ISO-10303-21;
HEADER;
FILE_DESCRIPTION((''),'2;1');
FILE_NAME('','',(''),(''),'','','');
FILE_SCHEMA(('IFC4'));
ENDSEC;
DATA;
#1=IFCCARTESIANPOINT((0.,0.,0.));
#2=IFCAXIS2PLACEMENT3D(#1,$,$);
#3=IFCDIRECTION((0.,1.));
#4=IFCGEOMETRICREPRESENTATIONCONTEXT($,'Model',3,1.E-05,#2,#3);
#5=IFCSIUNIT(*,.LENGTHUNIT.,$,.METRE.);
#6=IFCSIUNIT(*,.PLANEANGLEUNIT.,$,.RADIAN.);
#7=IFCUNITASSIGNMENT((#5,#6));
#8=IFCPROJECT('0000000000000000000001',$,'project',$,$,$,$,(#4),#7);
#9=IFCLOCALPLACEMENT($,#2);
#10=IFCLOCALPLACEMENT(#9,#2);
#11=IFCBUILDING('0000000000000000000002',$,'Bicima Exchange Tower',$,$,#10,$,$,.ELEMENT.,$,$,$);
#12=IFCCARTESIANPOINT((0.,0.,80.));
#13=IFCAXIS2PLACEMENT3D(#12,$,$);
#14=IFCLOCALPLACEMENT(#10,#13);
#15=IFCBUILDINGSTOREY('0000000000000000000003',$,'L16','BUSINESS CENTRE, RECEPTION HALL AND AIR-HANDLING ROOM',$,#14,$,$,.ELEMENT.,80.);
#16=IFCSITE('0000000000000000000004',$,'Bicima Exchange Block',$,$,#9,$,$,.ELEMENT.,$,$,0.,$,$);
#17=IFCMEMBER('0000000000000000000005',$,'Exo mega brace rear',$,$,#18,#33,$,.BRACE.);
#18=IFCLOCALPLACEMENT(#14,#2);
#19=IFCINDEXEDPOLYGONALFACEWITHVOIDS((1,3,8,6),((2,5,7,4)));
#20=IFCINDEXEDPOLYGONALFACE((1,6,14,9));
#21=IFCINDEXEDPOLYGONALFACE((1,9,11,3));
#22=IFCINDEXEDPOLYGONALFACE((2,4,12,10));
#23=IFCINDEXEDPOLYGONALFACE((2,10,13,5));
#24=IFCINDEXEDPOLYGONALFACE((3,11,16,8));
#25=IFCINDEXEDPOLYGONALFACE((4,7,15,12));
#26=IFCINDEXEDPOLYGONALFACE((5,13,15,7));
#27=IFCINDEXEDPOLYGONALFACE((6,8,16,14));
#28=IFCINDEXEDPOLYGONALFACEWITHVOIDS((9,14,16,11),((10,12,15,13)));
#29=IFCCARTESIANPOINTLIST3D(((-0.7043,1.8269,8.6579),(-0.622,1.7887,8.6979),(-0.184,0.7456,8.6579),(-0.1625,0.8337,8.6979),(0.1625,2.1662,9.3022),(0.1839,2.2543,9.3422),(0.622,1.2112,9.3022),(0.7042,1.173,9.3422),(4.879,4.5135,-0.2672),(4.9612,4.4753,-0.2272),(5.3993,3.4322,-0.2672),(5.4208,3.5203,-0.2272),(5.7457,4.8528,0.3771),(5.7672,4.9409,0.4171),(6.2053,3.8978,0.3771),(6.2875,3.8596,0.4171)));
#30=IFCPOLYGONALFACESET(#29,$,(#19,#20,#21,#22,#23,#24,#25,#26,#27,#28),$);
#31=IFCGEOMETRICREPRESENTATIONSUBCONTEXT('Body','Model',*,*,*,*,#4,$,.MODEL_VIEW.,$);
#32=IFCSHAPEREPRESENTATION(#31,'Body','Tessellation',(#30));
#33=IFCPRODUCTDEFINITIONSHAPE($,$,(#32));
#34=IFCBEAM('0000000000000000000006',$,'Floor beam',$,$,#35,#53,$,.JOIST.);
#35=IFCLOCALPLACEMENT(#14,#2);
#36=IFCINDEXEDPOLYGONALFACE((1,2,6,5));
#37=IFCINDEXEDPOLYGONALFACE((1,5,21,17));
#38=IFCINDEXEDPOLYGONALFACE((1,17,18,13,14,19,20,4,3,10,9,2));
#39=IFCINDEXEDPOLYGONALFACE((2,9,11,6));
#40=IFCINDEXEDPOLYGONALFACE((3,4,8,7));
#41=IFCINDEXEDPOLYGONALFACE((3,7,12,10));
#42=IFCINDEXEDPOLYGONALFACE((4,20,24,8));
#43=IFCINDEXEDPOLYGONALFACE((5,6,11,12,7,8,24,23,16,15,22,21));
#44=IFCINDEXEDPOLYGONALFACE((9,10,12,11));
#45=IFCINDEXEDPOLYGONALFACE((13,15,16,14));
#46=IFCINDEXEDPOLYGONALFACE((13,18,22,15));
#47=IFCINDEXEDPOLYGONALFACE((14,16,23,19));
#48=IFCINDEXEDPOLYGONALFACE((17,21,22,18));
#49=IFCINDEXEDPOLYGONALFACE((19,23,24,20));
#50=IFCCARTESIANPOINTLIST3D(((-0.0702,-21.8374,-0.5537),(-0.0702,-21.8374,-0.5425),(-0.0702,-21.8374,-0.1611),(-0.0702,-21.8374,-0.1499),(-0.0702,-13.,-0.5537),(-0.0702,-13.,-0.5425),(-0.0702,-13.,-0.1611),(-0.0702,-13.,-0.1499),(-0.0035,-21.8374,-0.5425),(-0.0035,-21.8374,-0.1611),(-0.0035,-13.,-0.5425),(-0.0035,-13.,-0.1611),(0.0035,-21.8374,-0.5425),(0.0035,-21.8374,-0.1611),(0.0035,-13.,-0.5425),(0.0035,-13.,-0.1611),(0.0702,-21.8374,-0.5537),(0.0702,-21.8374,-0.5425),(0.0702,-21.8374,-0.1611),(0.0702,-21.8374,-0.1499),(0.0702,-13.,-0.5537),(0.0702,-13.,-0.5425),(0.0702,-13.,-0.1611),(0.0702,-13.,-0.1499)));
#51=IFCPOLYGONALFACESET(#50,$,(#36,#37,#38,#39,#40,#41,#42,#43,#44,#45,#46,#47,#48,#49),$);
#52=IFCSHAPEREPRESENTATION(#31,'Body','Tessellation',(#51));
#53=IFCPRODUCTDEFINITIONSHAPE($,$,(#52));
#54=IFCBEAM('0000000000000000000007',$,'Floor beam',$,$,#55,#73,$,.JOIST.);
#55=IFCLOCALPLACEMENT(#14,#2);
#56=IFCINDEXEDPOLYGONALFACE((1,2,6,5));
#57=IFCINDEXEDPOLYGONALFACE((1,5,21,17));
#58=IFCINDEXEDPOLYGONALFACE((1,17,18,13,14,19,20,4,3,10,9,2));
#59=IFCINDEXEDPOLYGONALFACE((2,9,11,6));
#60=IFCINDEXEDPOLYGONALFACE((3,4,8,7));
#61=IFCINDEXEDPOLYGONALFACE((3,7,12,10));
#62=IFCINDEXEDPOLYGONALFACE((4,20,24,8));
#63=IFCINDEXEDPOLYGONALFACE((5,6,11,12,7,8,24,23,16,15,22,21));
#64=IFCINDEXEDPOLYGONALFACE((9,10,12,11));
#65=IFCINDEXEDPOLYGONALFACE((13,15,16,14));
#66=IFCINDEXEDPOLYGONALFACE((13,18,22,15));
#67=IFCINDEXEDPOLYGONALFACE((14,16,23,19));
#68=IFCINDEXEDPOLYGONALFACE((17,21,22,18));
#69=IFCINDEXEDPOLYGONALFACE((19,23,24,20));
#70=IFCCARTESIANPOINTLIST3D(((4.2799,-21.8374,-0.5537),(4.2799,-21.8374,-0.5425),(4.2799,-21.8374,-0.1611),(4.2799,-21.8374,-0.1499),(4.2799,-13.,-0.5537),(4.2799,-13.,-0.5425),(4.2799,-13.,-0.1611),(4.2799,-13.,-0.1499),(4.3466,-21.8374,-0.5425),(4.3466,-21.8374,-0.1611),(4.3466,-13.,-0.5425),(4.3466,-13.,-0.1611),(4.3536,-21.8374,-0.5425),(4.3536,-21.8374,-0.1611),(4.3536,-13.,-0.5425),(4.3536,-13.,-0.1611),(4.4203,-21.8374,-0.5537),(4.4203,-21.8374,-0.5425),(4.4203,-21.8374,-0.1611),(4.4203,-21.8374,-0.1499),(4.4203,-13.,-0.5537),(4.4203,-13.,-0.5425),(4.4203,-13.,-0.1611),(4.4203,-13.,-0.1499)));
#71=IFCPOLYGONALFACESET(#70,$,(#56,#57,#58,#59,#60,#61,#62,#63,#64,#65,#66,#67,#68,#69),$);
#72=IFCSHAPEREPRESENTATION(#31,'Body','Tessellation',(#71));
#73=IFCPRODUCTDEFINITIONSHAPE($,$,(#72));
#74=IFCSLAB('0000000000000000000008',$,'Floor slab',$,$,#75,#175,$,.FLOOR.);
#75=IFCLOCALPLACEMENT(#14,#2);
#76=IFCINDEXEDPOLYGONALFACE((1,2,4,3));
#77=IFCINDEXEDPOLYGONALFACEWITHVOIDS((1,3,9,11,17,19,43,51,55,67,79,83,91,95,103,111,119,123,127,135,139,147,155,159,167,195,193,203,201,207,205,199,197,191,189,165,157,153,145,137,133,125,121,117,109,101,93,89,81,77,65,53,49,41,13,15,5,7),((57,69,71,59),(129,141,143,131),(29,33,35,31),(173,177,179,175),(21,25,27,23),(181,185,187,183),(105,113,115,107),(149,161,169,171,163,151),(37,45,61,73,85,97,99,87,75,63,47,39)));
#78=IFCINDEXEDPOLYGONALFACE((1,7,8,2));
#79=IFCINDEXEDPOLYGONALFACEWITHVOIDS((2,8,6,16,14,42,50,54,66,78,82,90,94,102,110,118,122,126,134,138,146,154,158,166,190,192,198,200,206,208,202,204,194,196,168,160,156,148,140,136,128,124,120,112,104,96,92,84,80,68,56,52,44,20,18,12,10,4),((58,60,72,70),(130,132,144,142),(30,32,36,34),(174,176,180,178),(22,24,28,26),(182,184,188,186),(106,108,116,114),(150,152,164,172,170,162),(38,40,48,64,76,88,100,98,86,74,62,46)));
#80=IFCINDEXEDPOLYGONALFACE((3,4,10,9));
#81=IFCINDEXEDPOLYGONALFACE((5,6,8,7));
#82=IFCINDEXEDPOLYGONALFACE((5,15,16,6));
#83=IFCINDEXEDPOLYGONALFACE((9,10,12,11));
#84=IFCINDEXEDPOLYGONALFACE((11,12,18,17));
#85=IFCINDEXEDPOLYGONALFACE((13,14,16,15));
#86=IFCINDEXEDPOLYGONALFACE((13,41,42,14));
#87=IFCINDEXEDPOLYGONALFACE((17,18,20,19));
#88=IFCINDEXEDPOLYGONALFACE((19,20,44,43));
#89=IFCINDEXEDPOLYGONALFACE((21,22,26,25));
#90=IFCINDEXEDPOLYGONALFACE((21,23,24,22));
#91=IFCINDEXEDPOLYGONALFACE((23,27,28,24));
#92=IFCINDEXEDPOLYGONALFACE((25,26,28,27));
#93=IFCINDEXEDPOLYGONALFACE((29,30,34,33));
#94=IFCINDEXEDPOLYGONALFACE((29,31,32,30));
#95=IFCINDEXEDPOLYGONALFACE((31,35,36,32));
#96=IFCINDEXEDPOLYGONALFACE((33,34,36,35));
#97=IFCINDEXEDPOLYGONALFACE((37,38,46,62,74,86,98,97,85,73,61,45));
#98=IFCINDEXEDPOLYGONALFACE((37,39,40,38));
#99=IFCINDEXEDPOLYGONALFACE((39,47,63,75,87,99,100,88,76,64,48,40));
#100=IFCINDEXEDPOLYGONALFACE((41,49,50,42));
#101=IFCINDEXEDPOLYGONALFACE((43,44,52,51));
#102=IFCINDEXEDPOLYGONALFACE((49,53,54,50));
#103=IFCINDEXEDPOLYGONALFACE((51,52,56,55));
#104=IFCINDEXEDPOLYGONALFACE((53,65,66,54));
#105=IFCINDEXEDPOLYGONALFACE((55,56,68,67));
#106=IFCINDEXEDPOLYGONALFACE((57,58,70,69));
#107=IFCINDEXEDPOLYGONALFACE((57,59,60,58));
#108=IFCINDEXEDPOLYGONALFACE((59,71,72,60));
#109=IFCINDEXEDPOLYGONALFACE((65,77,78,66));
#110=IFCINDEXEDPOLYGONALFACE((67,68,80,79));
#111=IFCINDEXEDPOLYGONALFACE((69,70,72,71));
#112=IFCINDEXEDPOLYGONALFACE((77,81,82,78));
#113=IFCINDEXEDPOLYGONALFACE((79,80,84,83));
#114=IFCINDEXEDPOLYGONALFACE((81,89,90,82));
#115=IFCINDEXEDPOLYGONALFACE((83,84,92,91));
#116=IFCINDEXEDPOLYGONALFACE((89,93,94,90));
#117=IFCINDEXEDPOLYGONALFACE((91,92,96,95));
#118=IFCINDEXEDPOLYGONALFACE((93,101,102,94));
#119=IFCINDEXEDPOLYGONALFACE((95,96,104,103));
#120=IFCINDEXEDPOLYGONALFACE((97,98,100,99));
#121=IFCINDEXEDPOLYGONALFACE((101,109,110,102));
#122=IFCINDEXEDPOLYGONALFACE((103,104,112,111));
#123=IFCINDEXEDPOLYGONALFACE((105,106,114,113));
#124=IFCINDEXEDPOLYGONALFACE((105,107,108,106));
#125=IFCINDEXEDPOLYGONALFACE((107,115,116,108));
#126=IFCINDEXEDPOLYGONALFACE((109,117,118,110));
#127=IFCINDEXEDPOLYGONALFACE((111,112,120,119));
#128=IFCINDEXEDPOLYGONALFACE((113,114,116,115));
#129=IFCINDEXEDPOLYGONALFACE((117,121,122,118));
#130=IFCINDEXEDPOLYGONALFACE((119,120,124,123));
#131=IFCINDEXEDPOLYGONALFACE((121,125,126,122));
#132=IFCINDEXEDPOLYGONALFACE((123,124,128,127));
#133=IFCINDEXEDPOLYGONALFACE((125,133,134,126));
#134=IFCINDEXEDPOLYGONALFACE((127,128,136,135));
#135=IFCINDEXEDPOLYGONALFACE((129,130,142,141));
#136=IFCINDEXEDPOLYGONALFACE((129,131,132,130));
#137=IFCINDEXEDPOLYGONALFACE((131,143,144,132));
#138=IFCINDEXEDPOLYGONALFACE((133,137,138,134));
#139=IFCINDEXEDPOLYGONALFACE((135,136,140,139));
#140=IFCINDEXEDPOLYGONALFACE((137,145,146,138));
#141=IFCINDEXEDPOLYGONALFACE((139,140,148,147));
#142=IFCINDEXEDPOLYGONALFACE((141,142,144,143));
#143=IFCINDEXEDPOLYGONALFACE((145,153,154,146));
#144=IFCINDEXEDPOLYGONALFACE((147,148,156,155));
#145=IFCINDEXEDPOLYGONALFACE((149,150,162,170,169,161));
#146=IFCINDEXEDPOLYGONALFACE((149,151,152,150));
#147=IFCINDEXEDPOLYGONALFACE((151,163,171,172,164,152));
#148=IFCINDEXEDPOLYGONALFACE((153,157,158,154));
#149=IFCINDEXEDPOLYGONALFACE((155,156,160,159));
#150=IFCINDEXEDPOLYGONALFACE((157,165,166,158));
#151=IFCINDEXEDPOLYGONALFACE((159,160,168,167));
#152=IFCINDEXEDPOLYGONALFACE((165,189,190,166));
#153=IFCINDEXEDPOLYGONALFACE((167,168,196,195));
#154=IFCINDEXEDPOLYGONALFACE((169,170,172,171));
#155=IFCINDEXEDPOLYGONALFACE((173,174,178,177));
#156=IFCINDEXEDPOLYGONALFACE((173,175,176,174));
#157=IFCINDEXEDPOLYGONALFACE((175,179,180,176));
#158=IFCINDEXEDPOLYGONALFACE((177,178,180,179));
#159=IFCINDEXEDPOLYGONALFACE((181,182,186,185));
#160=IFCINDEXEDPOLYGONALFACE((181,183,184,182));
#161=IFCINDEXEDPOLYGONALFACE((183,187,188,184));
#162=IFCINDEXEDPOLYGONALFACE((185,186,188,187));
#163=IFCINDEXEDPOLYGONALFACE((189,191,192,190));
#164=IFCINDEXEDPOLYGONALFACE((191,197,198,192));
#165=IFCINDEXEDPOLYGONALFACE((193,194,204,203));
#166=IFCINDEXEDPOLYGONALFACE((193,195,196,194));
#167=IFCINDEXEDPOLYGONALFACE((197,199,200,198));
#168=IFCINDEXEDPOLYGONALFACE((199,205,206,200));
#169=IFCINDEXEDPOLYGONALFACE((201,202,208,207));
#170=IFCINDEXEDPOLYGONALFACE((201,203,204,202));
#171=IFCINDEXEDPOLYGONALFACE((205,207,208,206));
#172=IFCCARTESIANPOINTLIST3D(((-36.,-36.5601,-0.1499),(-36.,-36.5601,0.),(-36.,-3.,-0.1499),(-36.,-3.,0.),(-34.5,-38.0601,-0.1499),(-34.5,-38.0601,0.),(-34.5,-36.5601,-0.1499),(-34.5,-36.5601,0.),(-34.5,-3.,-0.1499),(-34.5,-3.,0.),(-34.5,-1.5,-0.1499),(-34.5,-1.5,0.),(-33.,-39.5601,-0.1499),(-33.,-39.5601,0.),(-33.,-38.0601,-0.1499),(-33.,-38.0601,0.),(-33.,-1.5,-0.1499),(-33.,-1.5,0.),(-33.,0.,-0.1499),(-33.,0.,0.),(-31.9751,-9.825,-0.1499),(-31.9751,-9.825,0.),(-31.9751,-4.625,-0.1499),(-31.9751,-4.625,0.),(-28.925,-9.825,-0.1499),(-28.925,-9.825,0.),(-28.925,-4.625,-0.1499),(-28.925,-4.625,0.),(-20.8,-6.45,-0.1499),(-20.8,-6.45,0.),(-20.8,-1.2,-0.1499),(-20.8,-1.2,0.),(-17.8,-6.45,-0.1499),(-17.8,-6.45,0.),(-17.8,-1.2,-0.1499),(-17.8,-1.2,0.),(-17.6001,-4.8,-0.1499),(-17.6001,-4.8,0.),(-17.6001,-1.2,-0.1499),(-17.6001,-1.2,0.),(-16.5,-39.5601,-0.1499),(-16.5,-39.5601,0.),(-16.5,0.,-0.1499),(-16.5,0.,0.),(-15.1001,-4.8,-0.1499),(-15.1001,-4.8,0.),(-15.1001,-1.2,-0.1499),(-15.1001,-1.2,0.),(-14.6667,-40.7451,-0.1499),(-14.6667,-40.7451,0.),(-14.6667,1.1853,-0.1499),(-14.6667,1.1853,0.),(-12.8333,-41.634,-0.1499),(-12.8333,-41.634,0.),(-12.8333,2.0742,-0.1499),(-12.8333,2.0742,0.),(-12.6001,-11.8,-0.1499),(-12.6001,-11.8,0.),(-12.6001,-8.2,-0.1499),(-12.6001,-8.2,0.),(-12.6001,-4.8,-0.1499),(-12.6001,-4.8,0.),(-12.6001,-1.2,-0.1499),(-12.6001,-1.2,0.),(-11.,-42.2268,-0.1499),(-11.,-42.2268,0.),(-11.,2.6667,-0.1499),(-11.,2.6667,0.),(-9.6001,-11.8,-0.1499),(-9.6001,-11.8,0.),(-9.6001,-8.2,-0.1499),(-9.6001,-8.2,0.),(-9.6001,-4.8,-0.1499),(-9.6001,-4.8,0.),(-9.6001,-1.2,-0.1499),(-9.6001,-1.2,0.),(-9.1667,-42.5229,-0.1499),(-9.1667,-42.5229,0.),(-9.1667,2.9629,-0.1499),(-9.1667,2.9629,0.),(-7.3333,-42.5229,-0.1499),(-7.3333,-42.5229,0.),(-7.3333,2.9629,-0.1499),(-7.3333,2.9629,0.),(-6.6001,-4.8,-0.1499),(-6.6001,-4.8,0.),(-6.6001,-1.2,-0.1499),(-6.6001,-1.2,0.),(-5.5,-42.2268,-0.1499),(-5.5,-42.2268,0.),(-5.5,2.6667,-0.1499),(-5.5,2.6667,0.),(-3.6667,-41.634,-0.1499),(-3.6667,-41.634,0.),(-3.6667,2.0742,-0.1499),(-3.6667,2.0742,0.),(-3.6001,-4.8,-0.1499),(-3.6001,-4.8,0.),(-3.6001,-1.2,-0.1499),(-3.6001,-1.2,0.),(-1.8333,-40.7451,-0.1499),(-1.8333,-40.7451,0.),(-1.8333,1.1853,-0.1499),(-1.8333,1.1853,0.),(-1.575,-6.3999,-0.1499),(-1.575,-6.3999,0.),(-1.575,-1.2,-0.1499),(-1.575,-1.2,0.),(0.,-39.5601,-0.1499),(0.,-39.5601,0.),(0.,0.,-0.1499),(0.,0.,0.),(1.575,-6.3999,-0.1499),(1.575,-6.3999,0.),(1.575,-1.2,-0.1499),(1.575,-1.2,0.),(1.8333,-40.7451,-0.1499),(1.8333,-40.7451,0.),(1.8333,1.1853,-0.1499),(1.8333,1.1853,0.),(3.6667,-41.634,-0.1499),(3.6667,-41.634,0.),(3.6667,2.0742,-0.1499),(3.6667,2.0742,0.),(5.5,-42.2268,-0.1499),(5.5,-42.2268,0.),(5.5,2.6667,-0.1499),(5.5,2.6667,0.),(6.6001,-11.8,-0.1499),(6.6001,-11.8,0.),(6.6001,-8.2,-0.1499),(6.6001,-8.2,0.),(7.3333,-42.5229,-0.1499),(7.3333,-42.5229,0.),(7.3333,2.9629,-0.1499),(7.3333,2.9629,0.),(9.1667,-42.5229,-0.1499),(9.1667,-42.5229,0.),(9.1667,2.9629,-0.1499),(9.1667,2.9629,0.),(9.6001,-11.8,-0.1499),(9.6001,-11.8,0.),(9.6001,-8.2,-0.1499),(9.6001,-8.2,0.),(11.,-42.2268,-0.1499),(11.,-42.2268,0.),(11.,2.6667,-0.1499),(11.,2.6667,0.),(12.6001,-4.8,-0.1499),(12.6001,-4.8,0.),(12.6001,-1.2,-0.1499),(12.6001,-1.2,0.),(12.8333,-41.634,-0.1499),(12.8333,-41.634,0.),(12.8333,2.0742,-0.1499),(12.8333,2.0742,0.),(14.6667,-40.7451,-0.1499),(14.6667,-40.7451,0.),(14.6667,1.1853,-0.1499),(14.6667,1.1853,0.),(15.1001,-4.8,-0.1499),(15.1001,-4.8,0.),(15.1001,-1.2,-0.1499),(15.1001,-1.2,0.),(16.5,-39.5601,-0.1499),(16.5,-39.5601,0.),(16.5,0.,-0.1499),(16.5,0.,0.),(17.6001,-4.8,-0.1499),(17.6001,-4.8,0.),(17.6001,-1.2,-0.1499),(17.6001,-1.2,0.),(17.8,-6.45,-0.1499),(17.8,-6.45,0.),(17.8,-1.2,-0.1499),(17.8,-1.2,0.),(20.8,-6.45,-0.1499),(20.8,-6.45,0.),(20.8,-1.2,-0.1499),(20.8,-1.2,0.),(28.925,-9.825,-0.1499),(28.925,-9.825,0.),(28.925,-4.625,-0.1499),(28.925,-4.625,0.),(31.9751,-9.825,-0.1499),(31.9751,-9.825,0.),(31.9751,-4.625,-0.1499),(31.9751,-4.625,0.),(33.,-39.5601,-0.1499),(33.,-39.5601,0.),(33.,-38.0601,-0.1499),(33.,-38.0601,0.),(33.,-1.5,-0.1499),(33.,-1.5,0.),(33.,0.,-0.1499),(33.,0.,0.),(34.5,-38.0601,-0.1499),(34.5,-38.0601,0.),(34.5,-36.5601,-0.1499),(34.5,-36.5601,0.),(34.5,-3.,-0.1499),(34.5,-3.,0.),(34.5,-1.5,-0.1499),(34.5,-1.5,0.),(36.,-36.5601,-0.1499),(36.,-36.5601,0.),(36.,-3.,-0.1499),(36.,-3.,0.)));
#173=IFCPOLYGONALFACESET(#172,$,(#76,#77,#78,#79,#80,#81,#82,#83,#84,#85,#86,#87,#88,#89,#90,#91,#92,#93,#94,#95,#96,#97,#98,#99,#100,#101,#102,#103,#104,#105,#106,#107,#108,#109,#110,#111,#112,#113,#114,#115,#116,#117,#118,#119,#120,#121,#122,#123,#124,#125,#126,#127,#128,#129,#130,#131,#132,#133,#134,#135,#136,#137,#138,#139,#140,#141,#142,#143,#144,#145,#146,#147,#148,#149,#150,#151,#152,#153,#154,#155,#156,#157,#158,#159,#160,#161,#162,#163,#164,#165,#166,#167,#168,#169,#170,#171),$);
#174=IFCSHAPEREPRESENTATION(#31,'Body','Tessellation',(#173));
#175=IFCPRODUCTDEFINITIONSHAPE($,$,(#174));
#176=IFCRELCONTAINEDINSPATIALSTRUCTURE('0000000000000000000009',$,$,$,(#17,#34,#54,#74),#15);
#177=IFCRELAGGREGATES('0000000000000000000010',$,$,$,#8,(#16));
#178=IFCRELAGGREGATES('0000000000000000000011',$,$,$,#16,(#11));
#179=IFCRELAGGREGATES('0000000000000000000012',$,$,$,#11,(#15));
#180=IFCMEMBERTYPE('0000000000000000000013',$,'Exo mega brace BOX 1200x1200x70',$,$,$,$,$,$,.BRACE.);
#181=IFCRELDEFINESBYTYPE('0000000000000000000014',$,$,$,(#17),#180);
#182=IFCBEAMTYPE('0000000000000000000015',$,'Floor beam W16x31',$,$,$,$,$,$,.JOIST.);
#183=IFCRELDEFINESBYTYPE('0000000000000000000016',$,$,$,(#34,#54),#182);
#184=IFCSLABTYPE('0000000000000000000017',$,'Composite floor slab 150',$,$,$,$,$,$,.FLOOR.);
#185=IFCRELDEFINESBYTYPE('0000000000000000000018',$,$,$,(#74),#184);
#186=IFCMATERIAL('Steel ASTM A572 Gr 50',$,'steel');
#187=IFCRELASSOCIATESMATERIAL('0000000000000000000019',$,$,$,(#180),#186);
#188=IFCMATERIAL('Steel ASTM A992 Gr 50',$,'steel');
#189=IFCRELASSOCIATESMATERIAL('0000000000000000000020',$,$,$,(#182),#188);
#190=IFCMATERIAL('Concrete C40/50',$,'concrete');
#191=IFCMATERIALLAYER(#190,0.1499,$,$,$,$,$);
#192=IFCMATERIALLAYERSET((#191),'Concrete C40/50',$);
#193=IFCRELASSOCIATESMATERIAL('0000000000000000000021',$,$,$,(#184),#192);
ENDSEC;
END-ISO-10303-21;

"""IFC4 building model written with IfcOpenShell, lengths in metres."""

from ifc_helpers import new_model, si_unit, direction, frame, origin, origin_2d, place, context, subcontext, project, spatial, polyline, hollow_rectangle, i_section, outline, extrude, material, layer, layer_set, material_profile, profile_set, type_object, element, save


model = new_model("IFC4")

# Units and contexts
model_context = context("Model", 3, precision=1e-05, world=origin(), true_north=direction((0.0, 1.0)))
body_context = subcontext(model_context, "Body", "Model", "MODEL_VIEW")
ifc_project = project(units=[si_unit("LENGTHUNIT", "METRE"), si_unit("PLANEANGLEUNIT", "RADIAN")], contexts=[model_context])

# Site, building, storey
site_placement = place(None, origin())
site = spatial("IfcSite", under=ifc_project, at=site_placement, Name="Bicima Exchange Block", CompositionType="ELEMENT", RefElevation=0.0)
building_placement = place(site_placement, origin())
building = spatial("IfcBuilding", under=site, at=building_placement, Name="Bicima Exchange Tower", CompositionType="ELEMENT")
storey_placement = place(building_placement, frame((0.0, 0.0, 80.0)))
storey = spatial("IfcBuildingStorey", under=building, at=storey_placement, Name="L16", Description="BUSINESS CENTRE, RECEPTION HALL AND AIR-HANDLING ROOM", CompositionType="ELEMENT", Elevation=80.0)

# Member
ifc_material_1 = material(Name="Steel ASTM A572 Gr 50", Category="steel")
ifc_material_profile_1 = material_profile(ifc_material_1, hollow_rectangle(XDim=1.2, YDim=1.2, WallThickness=0.0701, at=origin_2d()))
ifc_profile_set_1 = profile_set([ifc_material_profile_1], Name="Steel ASTM A572 Gr 50")
member_type = type_object("IfcMemberType", Name="Exo mega brace BOX 1200x1200x70", PredefinedType="BRACE", material=ifc_profile_set_1)
member_placement = place(storey_placement, frame((5.5833, 4.1865, 0.075), z_axis=(-0.513879, -0.247266, 0.821455), x_axis=(0.433592, -0.901109, 0.0)))
element("IfcMember", 1, at=member_placement, inside=storey, type_object=member_type, Name="Exo mega brace rear", PredefinedType="BRACE", context=body_context, shape_type="SweptSolid", body=[
    extrude(hollow_rectangle(XDim=1.2, YDim=1.2, WallThickness=0.0701, at=origin_2d()), origin(), (0.0, 0.0, 1.0), 10.865),
])

# Beams
ifc_material_2 = material(Name="Steel ASTM A992 Gr 50", Category="steel")
ifc_material_profile_2 = material_profile(ifc_material_2, i_section(OverallWidth=0.1404, OverallDepth=0.4038, WebThickness=0.0071, FlangeThickness=0.0112, at=origin_2d()))
ifc_profile_set_2 = profile_set([ifc_material_profile_2], Name="Steel ASTM A992 Gr 50")
beam_type = type_object("IfcBeamType", Name="Floor beam W16x31", PredefinedType="JOIST", material=ifc_profile_set_2)
for number, where, z_axis, x_axis, name in (
    (2, (0.0, -13.0, -0.3518), (0.0, -1.0, 0.0), (1.0, 0.0, 0.0), "Floor beam"),
    (3, (4.3501, -13.0, -0.3518), (0.0, -1.0, 0.0), (1.0, 0.0, 0.0), "Floor beam"),
):
    element("IfcBeam", number, at=place(storey_placement, frame(where, z_axis=z_axis, x_axis=x_axis)), inside=storey, type_object=beam_type, Name=name, PredefinedType="JOIST", context=body_context, shape_type="SweptSolid", body=[
        extrude(i_section(OverallWidth=0.1404, OverallDepth=0.4038, WebThickness=0.0071, FlangeThickness=0.0112, at=origin_2d()), origin(), (0.0, 0.0, 1.0), 8.8374),
    ])

# Slab
ifc_material_3 = material(Name="Concrete C40/50", Category="concrete")
ifc_layer_1 = layer(ifc_material_3, 0.1499)
ifc_layer_set_1 = layer_set([ifc_layer_1], Name="Concrete C40/50")
slab_type_1 = type_object("IfcSlabType", Name="Composite floor slab 150", PredefinedType="FLOOR", material=ifc_layer_set_1)
slab_1_placement = place(storey_placement, frame((0.0, 0.0, -0.1499)))
element("IfcSlab", 4, at=slab_1_placement, inside=storey, type_object=slab_type_1, Name="Floor slab", PredefinedType="FLOOR", context=body_context, shape_type="SweptSolid", body=[
    extrude(outline(polyline([(-36.0, -36.5601), (-36.0, -3.0), (-34.5, -3.0), (-34.5, -1.5), (-33.0, -1.5), (-33.0, 0.0), (-16.5, 0.0), (-14.6667, 1.1853), (-12.8333, 2.0742), (-11.0, 2.6667), (-9.1667, 2.9629), (-7.3333, 2.9629), (-5.5, 2.6667), (-3.6667, 2.0742), (-1.8333, 1.1853), (0.0, 0.0), (1.8333, 1.1853), (3.6667, 2.0742), (5.5, 2.6667), (7.3333, 2.9629), (9.1667, 2.9629), (11.0, 2.6667), (12.8333, 2.0742), (14.6667, 1.1853), (16.5, 0.0), (33.0, 0.0), (33.0, -1.5), (34.5, -1.5), (34.5, -3.0), (36.0, -3.0), (36.0, -36.5601), (34.5, -36.5601), (34.5, -38.0601), (33.0, -38.0601), (33.0, -39.5601), (16.5, -39.5601), (14.6667, -40.7451), (12.8333, -41.634), (11.0, -42.2268), (9.1667, -42.5229), (7.3333, -42.5229), (5.5, -42.2268), (3.6667, -41.634), (1.8333, -40.7451), (0.0, -39.5601), (-1.8333, -40.7451), (-3.6667, -41.634), (-5.5, -42.2268), (-7.3333, -42.5229), (-9.1667, -42.5229), (-11.0, -42.2268), (-12.8333, -41.634), (-14.6667, -40.7451), (-16.5, -39.5601), (-33.0, -39.5601), (-33.0, -38.0601), (-34.5, -38.0601), (-34.5, -36.5601), (-36.0, -36.5601)]), holes=[polyline([(-9.6001, -11.8), (-9.6001, -8.2), (-12.6001, -8.2), (-12.6001, -11.8), (-9.6001, -11.8)]), polyline([(-31.9751, -9.825), (-28.925, -9.825), (-28.925, -4.625), (-31.9751, -4.625), (-31.9751, -9.825)]), polyline([(-20.8, -6.45), (-17.8, -6.45), (-17.8, -1.2), (-20.8, -1.2), (-20.8, -6.45)]), polyline([(-9.6001, -1.2), (-12.6001, -1.2), (-15.1001, -1.2), (-17.6001, -1.2), (-17.6001, -4.8), (-15.1001, -4.8), (-12.6001, -4.8), (-9.6001, -4.8), (-6.6001, -4.8), (-3.6001, -4.8), (-3.6001, -1.2), (-6.6001, -1.2), (-9.6001, -1.2)]), polyline([(9.6001, -11.8), (9.6001, -8.2), (6.6001, -8.2), (6.6001, -11.8), (9.6001, -11.8)]), polyline([(28.925, -9.825), (31.9751, -9.825), (31.9751, -4.625), (28.925, -4.625), (28.925, -9.825)]), polyline([(17.8, -6.45), (20.8, -6.45), (20.8, -1.2), (17.8, -1.2), (17.8, -6.45)]), polyline([(-1.575, -6.3999), (1.575, -6.3999), (1.575, -1.2), (-1.575, -1.2), (-1.575, -6.3999)]), polyline([(17.6001, -4.8), (17.6001, -1.2), (15.1001, -1.2), (12.6001, -1.2), (12.6001, -4.8), (15.1001, -4.8), (17.6001, -4.8)])]), origin(), (0.0, 0.0, 1.0), 0.1499),
])

save(model, "model.ifc")
